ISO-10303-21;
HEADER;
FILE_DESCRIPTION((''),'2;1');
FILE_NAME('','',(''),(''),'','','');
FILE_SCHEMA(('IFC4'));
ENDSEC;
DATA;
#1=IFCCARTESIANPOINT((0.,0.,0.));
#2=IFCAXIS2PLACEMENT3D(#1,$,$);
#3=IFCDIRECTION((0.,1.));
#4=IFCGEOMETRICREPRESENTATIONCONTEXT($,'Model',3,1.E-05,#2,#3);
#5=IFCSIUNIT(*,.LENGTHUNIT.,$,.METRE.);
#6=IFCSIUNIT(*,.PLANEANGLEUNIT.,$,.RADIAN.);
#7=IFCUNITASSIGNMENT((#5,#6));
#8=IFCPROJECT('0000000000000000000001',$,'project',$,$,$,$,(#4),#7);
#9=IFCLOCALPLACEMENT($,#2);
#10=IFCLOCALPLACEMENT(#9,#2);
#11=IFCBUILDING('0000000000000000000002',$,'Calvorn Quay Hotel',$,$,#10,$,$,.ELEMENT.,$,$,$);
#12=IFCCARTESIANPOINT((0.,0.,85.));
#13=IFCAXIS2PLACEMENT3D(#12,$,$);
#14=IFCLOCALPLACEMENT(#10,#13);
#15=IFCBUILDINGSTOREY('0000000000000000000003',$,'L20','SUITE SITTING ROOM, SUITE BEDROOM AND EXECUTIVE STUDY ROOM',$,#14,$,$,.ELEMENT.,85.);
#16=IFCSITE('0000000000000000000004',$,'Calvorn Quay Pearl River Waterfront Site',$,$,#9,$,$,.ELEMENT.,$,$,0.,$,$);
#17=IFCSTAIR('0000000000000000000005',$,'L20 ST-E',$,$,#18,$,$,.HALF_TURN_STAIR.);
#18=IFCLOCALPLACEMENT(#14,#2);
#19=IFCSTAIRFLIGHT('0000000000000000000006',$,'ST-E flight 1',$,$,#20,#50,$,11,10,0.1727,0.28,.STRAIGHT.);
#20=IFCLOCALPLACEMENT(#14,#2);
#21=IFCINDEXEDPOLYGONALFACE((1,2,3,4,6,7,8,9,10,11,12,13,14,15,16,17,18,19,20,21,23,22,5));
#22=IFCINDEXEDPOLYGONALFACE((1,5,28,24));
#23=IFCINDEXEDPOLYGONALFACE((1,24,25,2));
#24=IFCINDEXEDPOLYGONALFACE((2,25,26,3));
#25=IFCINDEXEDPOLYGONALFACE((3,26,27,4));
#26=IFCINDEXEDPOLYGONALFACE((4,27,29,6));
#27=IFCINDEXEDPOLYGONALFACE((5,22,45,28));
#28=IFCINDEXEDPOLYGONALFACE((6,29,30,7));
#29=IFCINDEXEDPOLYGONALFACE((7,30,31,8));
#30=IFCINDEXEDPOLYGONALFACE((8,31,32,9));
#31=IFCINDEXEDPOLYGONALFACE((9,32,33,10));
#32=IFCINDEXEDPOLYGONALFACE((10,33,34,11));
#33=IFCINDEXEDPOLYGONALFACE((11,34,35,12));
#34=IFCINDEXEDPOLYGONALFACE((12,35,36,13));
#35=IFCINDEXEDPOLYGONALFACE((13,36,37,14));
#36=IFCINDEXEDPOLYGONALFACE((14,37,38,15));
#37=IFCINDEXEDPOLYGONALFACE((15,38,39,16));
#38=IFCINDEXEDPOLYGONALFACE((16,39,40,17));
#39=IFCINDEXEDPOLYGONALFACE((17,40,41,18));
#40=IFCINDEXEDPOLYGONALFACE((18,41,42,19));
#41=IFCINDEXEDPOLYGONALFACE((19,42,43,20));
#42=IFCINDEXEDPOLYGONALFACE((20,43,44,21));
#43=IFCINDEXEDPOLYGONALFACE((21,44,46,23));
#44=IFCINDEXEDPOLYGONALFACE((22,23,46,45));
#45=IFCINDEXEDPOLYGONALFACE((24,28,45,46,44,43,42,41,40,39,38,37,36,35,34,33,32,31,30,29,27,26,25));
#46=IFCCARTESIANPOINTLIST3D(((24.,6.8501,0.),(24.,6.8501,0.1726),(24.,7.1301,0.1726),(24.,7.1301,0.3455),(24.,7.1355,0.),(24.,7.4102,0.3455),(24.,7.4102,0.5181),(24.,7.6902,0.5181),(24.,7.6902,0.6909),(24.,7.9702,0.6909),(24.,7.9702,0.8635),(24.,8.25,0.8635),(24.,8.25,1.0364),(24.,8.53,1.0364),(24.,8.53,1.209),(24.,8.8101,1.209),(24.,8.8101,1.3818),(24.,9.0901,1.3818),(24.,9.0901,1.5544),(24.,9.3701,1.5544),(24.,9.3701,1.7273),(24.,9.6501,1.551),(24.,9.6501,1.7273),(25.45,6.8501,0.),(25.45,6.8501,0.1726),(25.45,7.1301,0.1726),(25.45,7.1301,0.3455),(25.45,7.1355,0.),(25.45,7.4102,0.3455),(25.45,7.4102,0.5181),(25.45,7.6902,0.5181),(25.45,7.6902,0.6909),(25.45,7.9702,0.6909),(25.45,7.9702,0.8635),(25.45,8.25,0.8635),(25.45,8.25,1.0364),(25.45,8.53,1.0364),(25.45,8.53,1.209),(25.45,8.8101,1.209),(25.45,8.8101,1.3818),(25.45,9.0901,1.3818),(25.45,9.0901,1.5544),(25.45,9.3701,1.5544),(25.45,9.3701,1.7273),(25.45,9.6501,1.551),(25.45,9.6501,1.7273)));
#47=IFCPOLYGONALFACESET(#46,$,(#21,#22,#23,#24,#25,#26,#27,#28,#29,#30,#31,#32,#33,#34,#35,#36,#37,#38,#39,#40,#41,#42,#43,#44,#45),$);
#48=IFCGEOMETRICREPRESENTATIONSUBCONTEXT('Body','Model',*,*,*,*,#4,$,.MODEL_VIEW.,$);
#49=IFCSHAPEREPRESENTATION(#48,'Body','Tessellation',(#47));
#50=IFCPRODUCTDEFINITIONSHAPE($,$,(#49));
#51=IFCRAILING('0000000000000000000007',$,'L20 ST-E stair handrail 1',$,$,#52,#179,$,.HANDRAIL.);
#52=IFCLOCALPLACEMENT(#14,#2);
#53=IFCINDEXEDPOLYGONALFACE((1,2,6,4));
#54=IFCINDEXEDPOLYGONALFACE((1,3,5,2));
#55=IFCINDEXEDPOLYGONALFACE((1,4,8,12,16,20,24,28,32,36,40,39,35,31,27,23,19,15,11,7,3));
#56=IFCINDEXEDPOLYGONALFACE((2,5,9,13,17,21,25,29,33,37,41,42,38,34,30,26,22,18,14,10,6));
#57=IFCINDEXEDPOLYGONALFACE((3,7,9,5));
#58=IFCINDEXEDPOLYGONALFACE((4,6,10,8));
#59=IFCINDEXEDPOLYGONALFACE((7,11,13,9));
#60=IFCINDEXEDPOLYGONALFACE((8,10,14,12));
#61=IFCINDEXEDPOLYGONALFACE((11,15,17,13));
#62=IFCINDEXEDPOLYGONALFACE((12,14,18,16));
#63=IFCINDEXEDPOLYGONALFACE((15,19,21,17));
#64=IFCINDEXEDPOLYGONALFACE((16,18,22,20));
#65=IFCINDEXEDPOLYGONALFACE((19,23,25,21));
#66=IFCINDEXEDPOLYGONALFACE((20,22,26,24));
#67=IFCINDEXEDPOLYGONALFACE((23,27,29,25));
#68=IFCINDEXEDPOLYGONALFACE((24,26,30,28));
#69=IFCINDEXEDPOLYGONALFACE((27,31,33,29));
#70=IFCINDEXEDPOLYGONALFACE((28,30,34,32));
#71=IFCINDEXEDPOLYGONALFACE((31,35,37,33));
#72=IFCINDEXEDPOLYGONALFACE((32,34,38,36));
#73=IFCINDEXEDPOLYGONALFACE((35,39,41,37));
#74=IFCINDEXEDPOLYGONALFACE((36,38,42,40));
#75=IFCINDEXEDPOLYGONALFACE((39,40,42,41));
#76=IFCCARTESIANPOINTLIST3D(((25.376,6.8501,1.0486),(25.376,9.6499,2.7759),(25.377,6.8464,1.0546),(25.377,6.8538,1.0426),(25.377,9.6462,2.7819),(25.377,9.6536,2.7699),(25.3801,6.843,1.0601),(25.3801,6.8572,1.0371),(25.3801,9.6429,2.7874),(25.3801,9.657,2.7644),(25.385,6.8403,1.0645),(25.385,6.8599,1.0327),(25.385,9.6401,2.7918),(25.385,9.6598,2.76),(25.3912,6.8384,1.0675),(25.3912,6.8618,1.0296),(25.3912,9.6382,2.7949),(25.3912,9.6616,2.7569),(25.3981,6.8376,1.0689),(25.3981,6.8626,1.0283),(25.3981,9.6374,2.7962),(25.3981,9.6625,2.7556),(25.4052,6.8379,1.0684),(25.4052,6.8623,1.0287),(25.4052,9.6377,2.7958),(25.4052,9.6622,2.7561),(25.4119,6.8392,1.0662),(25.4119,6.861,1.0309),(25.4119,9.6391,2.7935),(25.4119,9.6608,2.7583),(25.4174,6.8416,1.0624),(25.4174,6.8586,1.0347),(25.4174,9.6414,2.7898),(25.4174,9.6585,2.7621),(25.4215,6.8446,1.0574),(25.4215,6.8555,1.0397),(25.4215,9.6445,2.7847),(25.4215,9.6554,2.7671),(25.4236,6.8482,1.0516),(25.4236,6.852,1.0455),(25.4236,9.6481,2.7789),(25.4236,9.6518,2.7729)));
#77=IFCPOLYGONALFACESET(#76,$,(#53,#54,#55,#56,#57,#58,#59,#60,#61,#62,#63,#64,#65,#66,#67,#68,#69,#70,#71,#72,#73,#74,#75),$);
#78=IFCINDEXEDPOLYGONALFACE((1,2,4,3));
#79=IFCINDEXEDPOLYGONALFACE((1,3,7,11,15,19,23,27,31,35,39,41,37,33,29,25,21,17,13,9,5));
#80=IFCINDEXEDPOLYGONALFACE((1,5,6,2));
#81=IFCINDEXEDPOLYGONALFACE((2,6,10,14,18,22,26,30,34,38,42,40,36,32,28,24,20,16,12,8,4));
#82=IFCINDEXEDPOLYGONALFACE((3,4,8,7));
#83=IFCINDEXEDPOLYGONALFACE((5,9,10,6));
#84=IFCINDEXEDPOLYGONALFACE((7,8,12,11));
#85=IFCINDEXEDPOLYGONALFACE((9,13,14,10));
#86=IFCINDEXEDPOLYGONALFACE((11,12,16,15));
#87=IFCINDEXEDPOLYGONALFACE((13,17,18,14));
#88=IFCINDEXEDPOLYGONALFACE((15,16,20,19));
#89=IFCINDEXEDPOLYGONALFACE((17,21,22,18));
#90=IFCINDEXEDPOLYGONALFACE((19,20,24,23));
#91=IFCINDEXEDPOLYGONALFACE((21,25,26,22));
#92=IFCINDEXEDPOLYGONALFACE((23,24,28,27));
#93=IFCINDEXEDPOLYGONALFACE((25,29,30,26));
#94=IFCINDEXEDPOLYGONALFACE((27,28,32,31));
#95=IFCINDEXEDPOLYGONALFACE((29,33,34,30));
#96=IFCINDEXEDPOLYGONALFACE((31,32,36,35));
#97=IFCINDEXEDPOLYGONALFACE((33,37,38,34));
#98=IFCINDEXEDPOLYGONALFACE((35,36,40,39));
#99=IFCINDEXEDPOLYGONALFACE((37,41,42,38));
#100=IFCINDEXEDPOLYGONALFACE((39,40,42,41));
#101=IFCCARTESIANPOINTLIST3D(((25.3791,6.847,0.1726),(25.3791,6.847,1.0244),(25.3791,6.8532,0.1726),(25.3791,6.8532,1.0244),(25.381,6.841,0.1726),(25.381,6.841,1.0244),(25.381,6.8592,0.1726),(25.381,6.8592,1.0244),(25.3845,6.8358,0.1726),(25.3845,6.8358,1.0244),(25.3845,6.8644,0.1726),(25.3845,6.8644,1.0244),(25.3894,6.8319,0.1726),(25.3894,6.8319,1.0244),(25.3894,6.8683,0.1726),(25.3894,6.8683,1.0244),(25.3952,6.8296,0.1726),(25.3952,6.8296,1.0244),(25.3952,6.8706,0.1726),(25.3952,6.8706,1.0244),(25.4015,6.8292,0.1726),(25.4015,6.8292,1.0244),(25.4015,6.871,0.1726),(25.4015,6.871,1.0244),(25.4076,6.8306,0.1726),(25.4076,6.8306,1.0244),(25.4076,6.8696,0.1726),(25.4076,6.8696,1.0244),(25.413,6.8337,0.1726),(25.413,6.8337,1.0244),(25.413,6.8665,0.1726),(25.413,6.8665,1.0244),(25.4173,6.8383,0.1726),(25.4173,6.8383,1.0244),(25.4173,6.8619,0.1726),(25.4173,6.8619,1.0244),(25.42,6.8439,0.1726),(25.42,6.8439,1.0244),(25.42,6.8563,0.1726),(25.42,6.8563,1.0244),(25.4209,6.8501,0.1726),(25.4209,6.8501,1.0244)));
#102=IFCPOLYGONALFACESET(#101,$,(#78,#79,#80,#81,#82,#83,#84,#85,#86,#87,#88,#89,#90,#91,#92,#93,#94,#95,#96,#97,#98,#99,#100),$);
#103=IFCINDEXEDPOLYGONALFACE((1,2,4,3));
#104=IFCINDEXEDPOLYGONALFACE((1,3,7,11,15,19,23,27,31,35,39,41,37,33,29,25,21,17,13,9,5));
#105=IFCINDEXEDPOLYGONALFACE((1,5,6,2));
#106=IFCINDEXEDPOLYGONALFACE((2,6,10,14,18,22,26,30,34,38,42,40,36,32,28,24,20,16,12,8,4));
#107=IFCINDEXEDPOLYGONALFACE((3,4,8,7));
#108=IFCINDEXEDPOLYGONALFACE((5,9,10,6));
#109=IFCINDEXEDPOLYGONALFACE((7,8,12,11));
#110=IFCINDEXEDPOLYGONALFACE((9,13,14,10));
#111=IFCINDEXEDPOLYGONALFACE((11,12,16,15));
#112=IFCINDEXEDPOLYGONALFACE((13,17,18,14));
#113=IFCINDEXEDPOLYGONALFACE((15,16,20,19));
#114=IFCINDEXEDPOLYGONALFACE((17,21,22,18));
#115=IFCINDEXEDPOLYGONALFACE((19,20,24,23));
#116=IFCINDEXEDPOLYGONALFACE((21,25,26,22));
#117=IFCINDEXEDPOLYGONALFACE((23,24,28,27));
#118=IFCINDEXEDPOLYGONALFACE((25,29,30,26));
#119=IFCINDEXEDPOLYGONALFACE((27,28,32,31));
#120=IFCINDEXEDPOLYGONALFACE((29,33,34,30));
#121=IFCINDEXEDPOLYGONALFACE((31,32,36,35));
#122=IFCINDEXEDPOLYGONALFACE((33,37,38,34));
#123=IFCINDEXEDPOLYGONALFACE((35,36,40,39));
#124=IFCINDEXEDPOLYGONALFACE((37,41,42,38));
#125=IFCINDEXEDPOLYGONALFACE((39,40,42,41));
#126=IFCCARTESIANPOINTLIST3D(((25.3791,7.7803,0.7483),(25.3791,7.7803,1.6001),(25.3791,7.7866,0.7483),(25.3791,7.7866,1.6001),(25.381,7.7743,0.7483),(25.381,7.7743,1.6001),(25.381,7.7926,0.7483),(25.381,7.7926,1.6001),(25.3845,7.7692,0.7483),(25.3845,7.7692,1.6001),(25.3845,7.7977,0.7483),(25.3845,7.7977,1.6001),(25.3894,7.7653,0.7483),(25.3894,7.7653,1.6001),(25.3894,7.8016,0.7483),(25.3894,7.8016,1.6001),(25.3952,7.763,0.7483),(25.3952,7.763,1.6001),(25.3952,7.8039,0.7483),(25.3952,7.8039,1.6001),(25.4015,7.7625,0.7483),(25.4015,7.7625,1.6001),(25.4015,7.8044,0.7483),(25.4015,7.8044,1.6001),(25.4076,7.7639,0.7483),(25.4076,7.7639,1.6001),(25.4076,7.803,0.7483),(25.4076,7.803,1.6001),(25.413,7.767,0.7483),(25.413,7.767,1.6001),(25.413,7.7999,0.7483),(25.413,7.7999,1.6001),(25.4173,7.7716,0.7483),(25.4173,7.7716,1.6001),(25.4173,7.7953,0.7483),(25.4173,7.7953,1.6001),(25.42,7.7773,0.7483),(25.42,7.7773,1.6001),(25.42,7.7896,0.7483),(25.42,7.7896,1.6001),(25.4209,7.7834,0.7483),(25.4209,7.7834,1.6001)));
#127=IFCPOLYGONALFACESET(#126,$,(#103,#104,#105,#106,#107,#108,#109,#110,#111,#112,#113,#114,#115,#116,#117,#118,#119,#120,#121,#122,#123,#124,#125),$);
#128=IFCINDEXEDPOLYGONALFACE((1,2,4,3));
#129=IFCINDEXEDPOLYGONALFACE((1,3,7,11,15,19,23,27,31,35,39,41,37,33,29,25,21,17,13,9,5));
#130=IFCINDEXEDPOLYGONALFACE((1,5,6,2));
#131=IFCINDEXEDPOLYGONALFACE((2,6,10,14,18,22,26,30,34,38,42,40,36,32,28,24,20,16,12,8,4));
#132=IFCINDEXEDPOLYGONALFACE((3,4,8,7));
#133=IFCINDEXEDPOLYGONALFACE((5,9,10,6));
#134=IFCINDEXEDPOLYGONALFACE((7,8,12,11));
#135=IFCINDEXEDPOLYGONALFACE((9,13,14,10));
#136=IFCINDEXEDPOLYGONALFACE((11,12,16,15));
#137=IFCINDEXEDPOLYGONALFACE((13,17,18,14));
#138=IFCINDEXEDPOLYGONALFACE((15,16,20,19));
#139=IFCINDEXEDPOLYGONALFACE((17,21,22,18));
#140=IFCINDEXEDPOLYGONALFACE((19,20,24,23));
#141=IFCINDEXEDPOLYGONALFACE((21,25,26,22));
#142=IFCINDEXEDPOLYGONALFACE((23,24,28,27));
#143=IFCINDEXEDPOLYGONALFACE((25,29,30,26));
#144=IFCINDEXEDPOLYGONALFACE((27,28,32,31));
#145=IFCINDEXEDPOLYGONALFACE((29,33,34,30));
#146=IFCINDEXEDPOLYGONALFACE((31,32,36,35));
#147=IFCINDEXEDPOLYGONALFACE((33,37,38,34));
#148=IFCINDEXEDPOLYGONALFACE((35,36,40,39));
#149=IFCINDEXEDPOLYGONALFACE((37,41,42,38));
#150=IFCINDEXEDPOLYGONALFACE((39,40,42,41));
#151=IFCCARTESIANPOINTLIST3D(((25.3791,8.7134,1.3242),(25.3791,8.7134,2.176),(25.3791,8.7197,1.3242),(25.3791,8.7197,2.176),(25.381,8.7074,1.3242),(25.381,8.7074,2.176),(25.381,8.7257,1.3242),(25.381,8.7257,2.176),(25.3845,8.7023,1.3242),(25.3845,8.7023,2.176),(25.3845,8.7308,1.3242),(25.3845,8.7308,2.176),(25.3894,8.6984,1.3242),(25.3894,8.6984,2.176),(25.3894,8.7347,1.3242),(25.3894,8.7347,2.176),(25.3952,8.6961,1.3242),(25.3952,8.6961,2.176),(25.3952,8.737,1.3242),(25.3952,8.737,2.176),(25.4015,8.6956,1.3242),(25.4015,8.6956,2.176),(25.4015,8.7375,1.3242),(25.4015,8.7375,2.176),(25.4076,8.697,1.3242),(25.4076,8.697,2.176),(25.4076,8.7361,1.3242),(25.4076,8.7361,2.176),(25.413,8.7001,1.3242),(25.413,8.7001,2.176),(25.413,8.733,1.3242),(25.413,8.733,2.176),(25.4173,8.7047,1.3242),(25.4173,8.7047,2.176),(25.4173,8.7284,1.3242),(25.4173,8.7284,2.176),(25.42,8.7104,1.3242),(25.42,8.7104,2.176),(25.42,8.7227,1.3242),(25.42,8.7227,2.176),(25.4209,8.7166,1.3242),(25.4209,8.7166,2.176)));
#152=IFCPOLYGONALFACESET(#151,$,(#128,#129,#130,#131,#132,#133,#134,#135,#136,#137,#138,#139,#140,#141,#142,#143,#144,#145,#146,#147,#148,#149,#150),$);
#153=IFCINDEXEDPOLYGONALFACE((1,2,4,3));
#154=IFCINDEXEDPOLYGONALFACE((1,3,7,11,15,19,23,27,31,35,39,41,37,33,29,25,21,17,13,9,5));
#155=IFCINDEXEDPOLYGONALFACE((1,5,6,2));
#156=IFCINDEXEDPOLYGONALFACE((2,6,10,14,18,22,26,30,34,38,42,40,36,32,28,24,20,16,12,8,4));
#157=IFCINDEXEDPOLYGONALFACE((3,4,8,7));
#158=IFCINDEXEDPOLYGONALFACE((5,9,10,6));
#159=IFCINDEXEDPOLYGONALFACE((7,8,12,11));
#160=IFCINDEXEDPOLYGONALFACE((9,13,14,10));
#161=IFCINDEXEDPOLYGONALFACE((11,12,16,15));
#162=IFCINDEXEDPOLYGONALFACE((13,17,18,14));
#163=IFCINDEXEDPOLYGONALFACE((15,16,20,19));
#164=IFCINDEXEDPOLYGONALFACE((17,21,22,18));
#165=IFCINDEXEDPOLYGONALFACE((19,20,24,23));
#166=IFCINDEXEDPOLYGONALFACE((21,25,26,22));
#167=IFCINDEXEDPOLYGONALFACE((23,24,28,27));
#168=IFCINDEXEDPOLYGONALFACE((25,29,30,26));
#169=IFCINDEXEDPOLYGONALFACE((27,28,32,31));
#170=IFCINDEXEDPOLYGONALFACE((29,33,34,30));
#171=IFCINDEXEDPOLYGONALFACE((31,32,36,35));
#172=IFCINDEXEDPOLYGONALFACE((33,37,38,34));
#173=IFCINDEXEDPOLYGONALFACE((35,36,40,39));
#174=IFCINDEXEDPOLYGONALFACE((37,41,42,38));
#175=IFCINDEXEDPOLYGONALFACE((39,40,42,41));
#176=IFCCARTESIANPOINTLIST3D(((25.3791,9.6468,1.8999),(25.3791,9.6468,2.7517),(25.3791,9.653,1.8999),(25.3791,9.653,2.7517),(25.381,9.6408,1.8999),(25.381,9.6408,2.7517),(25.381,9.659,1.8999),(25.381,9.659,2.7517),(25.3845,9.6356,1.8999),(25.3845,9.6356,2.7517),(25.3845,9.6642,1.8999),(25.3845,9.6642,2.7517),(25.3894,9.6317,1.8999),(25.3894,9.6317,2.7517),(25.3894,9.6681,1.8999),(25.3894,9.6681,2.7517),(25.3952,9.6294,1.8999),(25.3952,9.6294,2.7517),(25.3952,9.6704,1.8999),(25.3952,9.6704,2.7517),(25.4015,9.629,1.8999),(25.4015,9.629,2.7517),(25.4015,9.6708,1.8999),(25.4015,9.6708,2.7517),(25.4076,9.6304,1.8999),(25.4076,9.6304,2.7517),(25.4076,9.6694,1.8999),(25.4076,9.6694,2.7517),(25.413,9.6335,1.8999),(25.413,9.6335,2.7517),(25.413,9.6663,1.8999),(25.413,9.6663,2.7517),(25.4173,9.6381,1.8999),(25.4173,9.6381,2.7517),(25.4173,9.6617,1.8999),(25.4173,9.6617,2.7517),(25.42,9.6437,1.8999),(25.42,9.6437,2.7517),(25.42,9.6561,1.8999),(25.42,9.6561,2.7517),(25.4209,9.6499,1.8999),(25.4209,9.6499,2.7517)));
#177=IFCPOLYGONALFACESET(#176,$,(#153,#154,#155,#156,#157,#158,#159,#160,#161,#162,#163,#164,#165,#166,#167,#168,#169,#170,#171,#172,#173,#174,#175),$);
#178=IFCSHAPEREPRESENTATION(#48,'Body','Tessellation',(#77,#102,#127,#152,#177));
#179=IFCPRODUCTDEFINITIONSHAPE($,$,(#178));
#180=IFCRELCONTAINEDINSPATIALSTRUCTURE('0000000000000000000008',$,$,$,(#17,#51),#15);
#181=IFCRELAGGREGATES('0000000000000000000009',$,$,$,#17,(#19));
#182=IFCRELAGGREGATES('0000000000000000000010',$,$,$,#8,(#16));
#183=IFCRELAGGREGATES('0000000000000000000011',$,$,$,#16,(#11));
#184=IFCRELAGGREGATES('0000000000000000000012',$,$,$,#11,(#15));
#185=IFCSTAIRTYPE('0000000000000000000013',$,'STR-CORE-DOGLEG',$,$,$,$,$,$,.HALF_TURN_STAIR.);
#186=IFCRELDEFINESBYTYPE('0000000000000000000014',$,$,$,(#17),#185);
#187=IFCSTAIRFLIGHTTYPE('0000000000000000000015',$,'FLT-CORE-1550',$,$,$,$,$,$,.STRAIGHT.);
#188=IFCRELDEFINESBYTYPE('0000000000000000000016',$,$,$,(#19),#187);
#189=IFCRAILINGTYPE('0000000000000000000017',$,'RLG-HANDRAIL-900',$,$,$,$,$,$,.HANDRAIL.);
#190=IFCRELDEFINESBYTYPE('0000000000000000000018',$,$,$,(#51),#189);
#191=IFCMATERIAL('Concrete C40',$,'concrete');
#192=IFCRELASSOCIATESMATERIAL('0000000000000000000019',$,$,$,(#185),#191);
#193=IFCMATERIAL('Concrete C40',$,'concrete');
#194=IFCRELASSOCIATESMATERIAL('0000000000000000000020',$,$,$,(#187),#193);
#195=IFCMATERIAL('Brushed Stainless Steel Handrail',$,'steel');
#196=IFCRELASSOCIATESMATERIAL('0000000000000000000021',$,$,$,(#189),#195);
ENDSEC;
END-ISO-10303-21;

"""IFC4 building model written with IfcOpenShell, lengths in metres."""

from ifc_helpers import new_model, si_unit, direction, frame, origin, origin_2d, place, context, subcontext, project, spatial, polyline, circle, outline, extrude, material, type_object, element, aggregate, save


model = new_model("IFC4")

# Units and contexts
model_context = context("Model", 3, precision=1e-05, world=origin(), true_north=direction((0.0, 1.0)))
body_context = subcontext(model_context, "Body", "Model", "MODEL_VIEW")
ifc_project = project(units=[si_unit("LENGTHUNIT", "METRE"), si_unit("PLANEANGLEUNIT", "RADIAN")], contexts=[model_context])

# Site, building, storey
site_placement = place(None, origin())
site = spatial("IfcSite", under=ifc_project, at=site_placement, Name="Calvorn Quay Pearl River Waterfront Site", CompositionType="ELEMENT", RefElevation=0.0)
building_placement = place(site_placement, origin())
building = spatial("IfcBuilding", under=site, at=building_placement, Name="Calvorn Quay Hotel", CompositionType="ELEMENT")
storey_placement = place(building_placement, frame((0.0, 0.0, 85.0)))
storey = spatial("IfcBuildingStorey", under=building, at=storey_placement, Name="L20", Description="SUITE SITTING ROOM, SUITE BEDROOM AND EXECUTIVE STUDY ROOM", CompositionType="ELEMENT", Elevation=85.0)

# Stair, stair flight
ifc_material_1 = material(Name="Concrete C40", Category="concrete")
stair_type = type_object("IfcStairType", Name="STR-CORE-DOGLEG", PredefinedType="HALF_TURN_STAIR", material=ifc_material_1)
stair_placement = place(storey_placement, origin())
stair = element("IfcStair", 1, at=stair_placement, inside=storey, type_object=stair_type, Name="L20 ST-E", PredefinedType="HALF_TURN_STAIR")
ifc_material_2 = material(Name="Concrete C40", Category="concrete")
stair_flight_type = type_object("IfcStairFlightType", Name="FLT-CORE-1550", PredefinedType="STRAIGHT", material=ifc_material_2)
stair_flight_placement = place(storey_placement, frame((24.7251, 6.8501, 0.0), z_axis=(0.0, 0.0, 1.0), x_axis=(0.0, 1.0, 0.0)))
stair_flight = element("IfcStairFlight", 2, at=stair_flight_placement, type_object=stair_flight_type, Name="ST-E flight 1", NumberOfRisers=11, NumberOfTreads=10, PredefinedType="STRAIGHT", RiserHeight=0.1727, TreadLength=0.28, context=body_context, shape_type="SweptSolid", body=[
    extrude(outline(polyline([(0.0, 0.0), (0.0, 0.1726), (0.28, 0.1726), (0.28, 0.3455), (0.5601, 0.3455), (0.5601, 0.5181), (0.8401, 0.5181), (0.8401, 0.6909), (1.1201, 0.6909), (1.1201, 0.8635), (1.3999, 0.8635), (1.3999, 1.0364), (1.6799, 1.0364), (1.6799, 1.209), (1.96, 1.209), (1.96, 1.3818), (2.24, 1.3818), (2.24, 1.5544), (2.52, 1.5544), (2.52, 1.7273), (2.8, 1.7273), (2.8, 1.8999), (2.8, 1.551), (0.2854, 0.0), (0.0, 0.0)])), frame((0.0, 0.7251, 0.0), z_axis=(0.0, -1.0, 0.0), x_axis=(1.0, 0.0, 0.0)), (0.0, 0.0, 1.0), 1.45),
])
aggregate(stair, [stair_flight])

# Railing
ifc_material_3 = material(Name="Brushed Stainless Steel Handrail", Category="steel")
railing_type_1 = type_object("IfcRailingType", Name="RLG-HANDRAIL-900", PredefinedType="HANDRAIL", material=ifc_material_3)
railing_1_placement = place(storey_placement, frame((25.3999, 6.8501, 0.1726)))
element("IfcRailing", 3, at=railing_1_placement, inside=storey, type_object=railing_type_1, Name="L20 ST-E stair handrail 1", PredefinedType="HANDRAIL", context=body_context, shape_type="SweptSolid", body=[
    extrude(circle(Radius=0.0239, at=origin_2d()), frame((0.0, 0.0, 0.876), z_axis=(0.0, 0.851069, 0.525054), x_axis=(-1.0, 0.0, 0.0)), (0.0, 0.0, 1.0), 3.2898),
    extrude(circle(Radius=0.021, at=origin_2d()), origin(), (0.0, 0.0, 1.0), 0.8518),
    extrude(circle(Radius=0.021, at=origin_2d()), frame((0.0, 0.9333, 0.5757)), (0.0, 0.0, 1.0), 0.8518),
    extrude(circle(Radius=0.021, at=origin_2d()), frame((0.0, 1.8665, 1.1516)), (0.0, 0.0, 1.0), 0.8518),
    extrude(circle(Radius=0.021, at=origin_2d()), frame((0.0, 2.7998, 1.7273)), (0.0, 0.0, 1.0), 0.8518),
])

save(model, "model.ifc")
